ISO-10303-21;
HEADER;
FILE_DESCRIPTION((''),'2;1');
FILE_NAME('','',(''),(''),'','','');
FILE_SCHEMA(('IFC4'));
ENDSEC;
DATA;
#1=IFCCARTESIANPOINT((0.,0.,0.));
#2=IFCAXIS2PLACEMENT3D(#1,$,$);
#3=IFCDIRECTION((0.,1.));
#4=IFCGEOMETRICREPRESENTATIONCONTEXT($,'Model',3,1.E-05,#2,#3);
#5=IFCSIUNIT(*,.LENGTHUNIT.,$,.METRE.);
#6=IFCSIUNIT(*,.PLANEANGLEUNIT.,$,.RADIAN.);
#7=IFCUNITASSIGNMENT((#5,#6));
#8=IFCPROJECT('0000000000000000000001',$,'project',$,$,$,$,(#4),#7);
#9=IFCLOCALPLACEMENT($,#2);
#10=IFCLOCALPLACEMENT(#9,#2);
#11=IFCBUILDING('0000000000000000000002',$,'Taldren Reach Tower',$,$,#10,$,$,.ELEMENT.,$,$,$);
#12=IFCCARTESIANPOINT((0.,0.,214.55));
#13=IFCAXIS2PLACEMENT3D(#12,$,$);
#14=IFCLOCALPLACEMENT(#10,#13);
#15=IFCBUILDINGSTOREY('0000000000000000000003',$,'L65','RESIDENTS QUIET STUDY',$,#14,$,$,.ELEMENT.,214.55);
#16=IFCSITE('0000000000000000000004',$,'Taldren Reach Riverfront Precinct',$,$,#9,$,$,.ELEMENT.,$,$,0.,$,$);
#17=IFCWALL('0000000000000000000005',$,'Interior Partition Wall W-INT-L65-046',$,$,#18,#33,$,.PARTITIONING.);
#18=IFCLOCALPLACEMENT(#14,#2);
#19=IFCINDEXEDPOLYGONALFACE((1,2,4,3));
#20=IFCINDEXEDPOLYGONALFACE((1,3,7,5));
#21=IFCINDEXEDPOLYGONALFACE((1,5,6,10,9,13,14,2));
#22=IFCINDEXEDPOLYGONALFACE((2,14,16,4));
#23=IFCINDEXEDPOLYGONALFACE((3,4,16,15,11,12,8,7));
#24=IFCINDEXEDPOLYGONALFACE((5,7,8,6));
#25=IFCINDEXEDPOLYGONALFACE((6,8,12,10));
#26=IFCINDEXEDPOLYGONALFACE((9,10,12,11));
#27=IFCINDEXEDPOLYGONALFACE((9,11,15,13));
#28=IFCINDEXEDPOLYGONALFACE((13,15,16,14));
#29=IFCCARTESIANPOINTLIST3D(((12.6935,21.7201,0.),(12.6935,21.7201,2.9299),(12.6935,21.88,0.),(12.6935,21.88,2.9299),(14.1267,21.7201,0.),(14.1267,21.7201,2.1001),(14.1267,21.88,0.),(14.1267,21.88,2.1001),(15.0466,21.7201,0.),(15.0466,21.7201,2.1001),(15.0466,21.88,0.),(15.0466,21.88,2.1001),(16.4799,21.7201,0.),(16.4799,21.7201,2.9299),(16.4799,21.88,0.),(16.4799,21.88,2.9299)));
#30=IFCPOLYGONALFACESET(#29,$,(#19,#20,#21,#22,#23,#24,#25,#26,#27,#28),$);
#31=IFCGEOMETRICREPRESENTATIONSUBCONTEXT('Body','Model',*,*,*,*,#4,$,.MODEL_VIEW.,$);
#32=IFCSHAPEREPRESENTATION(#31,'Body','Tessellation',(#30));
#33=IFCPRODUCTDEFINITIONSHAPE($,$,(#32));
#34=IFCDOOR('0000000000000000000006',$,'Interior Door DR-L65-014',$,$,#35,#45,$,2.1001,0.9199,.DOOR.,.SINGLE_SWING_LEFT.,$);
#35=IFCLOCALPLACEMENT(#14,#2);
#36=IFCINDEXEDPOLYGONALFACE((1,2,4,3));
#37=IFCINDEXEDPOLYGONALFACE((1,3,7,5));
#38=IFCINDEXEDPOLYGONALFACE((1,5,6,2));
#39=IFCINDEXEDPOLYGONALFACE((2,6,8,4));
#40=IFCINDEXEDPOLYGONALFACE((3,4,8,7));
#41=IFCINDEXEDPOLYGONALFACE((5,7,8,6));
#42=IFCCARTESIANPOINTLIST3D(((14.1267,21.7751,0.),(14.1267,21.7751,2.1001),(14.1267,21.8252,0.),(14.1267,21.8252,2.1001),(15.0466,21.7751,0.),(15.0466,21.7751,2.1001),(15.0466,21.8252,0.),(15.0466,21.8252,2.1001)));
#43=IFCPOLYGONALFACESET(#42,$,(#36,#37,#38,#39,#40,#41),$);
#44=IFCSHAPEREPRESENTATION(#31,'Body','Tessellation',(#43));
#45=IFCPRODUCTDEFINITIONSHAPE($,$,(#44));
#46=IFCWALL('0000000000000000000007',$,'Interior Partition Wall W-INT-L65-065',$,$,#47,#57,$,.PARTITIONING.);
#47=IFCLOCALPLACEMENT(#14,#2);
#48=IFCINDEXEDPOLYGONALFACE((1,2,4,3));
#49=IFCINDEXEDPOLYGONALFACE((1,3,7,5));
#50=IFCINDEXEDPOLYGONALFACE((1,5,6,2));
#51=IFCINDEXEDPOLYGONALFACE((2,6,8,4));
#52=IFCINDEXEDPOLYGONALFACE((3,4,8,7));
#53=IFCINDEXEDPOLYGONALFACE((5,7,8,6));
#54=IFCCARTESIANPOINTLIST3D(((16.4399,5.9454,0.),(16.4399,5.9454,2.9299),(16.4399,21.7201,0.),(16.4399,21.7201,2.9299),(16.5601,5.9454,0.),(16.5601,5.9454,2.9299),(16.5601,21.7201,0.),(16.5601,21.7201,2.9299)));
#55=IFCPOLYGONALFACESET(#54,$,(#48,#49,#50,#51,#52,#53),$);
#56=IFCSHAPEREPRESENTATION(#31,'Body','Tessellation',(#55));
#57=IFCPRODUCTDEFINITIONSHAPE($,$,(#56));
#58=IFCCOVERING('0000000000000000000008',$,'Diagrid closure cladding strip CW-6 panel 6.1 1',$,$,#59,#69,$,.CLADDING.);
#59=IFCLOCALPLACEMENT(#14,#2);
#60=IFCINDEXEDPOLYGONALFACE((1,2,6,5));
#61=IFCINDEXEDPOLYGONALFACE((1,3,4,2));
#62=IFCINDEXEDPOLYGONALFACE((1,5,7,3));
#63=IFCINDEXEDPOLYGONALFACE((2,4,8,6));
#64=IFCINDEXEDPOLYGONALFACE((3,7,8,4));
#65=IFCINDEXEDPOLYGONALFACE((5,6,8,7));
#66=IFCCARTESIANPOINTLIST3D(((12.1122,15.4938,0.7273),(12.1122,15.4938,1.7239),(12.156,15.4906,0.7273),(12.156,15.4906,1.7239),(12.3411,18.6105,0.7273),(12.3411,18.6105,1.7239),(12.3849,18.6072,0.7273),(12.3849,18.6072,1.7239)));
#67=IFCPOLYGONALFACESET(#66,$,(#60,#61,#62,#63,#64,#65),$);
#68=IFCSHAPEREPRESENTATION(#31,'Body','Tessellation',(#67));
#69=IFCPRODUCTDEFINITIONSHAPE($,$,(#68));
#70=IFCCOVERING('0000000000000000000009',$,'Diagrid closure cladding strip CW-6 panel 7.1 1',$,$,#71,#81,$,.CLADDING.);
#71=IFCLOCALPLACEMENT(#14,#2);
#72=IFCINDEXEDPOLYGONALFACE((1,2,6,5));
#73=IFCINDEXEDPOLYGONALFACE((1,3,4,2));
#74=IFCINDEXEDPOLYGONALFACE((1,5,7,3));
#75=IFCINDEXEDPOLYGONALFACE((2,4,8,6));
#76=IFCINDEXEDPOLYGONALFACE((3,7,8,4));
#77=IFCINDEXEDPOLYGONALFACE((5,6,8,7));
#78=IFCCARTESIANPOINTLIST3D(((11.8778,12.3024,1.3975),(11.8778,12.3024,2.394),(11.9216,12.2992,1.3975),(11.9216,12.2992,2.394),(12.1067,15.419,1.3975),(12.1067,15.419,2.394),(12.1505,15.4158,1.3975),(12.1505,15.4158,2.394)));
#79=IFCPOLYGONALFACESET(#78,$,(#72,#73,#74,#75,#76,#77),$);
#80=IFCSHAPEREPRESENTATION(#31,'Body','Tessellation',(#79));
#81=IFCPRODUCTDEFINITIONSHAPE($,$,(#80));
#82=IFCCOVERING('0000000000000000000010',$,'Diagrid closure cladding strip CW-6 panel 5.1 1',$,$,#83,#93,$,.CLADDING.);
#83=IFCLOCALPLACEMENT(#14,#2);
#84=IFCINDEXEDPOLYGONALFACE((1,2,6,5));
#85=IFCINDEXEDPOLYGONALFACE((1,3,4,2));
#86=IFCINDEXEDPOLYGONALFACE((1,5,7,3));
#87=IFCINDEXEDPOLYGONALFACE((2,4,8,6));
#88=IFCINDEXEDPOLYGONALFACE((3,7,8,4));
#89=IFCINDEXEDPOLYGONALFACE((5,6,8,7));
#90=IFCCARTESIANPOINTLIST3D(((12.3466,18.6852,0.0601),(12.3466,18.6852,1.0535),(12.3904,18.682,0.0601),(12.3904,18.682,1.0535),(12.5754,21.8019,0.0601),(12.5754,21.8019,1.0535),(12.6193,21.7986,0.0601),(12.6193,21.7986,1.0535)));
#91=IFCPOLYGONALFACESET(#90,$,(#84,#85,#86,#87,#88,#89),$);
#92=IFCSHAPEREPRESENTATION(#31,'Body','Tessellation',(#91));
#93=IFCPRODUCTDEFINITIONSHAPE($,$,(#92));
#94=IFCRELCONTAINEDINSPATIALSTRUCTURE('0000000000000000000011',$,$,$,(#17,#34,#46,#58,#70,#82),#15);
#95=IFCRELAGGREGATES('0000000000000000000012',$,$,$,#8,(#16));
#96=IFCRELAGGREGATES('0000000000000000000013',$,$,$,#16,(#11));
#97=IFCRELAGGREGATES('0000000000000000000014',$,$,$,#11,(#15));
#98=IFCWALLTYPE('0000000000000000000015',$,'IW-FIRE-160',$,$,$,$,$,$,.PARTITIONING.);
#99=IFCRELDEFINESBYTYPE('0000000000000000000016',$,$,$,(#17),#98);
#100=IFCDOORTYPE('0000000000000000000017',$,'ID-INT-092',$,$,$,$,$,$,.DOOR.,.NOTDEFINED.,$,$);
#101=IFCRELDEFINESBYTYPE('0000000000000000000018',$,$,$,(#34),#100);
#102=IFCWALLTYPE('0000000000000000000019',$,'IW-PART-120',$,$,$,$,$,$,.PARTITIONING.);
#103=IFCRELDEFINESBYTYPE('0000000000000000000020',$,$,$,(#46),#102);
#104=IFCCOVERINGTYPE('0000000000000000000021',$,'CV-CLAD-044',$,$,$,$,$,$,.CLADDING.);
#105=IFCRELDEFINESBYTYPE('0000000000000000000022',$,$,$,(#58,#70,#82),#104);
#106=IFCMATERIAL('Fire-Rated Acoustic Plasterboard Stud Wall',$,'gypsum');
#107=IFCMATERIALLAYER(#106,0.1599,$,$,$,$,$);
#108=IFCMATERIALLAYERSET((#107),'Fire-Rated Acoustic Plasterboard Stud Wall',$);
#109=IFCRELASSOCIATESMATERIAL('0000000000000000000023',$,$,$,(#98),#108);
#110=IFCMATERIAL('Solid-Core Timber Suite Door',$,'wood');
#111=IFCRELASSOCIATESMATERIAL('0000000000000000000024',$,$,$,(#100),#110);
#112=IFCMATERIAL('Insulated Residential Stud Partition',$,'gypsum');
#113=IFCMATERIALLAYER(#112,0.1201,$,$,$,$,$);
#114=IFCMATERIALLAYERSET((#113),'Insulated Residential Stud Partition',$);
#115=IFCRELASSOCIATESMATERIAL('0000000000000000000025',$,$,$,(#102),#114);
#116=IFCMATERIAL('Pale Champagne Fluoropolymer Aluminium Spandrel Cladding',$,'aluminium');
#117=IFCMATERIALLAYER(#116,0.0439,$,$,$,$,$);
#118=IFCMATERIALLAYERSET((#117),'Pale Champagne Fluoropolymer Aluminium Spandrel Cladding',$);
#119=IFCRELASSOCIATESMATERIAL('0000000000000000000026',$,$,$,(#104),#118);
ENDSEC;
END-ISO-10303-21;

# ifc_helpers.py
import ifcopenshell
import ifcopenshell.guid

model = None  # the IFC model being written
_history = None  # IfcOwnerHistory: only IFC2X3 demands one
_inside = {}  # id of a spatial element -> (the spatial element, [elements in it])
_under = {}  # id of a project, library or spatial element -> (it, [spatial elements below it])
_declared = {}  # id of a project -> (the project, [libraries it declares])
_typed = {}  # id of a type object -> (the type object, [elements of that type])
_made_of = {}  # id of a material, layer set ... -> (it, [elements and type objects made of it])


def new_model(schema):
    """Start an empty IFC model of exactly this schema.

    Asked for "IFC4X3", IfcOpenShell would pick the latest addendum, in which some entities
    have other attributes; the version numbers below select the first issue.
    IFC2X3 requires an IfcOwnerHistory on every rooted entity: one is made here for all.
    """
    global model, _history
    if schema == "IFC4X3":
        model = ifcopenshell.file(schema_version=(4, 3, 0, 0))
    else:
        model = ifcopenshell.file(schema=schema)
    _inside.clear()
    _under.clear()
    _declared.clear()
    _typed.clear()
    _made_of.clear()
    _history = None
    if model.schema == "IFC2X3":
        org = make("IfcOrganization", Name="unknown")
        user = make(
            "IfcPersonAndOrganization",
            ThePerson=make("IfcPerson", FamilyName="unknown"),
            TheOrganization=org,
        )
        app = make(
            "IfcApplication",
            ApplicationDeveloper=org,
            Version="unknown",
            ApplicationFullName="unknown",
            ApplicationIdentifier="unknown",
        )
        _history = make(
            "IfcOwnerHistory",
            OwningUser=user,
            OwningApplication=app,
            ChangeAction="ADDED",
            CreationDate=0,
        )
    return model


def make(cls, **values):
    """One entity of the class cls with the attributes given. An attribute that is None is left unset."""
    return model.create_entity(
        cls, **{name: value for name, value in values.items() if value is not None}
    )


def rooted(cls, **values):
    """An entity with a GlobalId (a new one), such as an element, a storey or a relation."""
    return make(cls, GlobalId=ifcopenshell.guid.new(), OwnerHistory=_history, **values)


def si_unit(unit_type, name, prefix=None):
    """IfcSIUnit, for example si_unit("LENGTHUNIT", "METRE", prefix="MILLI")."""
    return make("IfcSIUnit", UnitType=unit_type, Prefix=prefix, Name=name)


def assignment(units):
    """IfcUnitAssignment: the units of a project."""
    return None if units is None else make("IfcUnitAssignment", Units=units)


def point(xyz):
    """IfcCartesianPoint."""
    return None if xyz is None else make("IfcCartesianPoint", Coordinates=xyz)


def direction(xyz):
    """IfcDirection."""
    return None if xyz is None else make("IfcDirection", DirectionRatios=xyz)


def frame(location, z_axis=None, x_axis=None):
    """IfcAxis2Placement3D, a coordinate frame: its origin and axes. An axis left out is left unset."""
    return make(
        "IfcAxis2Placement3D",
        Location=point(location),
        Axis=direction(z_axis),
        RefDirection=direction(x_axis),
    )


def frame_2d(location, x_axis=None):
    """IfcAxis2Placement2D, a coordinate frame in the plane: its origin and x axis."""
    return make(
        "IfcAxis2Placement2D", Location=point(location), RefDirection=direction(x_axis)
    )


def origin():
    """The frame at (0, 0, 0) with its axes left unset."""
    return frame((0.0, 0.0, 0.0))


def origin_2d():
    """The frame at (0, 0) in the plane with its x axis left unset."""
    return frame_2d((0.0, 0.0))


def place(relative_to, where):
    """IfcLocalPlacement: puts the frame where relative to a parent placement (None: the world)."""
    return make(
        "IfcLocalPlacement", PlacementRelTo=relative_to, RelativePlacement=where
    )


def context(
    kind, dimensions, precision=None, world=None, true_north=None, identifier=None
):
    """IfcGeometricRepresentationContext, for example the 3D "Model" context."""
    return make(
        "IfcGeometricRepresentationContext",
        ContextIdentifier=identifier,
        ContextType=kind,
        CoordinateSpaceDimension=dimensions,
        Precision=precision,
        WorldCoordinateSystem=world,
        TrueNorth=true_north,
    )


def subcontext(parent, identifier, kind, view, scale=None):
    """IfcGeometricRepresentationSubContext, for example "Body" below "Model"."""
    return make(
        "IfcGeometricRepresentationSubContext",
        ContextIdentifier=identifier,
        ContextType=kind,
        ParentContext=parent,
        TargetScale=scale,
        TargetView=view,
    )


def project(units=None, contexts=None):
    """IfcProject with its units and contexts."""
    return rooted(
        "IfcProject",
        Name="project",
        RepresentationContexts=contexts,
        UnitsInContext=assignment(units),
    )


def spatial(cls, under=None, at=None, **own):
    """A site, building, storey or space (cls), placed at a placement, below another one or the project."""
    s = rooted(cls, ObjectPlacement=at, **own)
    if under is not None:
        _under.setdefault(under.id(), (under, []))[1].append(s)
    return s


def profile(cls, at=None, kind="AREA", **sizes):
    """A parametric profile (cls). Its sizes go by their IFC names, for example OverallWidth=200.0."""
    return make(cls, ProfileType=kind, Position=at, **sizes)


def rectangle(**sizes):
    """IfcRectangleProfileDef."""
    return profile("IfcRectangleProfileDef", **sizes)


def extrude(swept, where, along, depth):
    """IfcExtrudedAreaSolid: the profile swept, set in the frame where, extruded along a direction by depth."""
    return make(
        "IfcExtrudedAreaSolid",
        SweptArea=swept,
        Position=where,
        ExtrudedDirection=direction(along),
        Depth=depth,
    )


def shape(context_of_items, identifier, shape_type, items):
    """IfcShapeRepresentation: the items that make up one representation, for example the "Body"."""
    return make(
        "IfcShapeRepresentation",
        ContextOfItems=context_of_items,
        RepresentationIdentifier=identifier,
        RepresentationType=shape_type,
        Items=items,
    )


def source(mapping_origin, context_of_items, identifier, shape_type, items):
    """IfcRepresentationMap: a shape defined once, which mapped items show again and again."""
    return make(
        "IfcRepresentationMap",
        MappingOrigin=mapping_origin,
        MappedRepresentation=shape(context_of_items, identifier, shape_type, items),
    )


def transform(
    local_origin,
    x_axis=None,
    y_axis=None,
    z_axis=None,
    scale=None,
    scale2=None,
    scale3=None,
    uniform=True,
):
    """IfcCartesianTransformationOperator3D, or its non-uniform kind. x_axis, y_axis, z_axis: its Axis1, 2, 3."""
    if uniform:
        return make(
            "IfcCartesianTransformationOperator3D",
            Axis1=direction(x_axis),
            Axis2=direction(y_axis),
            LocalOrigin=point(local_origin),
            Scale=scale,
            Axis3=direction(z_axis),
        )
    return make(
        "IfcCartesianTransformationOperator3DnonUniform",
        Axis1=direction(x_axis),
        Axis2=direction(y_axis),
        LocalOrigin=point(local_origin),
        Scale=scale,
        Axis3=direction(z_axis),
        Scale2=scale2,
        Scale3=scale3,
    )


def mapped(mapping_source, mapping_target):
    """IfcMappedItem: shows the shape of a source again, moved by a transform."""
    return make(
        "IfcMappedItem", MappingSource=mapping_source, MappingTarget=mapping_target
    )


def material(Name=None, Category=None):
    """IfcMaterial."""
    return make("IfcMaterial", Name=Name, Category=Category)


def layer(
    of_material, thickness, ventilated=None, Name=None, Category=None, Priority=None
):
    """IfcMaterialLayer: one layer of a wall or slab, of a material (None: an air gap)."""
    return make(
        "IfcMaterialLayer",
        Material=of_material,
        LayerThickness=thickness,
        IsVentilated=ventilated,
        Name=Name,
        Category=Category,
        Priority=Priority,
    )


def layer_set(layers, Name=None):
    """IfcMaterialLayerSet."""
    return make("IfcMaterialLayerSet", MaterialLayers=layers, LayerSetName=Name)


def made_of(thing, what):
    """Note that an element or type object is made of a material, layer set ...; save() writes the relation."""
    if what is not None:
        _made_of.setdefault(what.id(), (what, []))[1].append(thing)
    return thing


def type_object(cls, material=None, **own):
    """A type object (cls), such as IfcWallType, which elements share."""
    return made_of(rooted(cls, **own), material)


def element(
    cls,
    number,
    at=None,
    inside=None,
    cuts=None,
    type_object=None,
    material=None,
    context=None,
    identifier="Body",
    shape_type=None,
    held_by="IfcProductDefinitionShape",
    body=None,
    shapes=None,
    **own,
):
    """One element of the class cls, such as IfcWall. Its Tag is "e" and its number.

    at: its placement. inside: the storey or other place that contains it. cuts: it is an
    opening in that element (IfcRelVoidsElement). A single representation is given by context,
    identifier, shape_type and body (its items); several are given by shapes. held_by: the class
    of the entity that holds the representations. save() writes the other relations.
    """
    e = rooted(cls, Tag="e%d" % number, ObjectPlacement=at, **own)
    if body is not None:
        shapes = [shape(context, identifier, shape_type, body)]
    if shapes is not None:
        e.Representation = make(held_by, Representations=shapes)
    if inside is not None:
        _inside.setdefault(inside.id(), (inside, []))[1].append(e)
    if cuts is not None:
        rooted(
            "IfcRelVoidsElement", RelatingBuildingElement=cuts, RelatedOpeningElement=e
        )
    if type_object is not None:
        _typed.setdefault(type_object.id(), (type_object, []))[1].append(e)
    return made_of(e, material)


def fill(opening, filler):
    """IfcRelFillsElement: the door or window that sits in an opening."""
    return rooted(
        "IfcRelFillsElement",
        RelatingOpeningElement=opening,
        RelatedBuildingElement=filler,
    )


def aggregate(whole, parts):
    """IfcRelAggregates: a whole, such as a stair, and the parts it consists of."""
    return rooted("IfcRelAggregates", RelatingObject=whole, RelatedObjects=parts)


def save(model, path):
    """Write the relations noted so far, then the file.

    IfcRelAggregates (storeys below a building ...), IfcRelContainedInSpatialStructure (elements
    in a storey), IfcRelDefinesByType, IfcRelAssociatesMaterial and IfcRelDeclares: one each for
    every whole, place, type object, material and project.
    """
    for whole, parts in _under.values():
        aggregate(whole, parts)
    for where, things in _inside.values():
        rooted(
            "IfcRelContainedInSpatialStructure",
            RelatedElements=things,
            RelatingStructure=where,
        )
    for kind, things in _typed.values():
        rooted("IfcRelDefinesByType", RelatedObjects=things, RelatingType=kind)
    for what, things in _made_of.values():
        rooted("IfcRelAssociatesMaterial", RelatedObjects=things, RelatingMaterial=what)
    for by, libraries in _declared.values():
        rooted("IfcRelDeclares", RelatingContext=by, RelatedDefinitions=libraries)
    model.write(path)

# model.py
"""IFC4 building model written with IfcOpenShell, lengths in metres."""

from ifc_helpers import new_model, si_unit, direction, frame, frame_2d, origin, origin_2d, place, context, subcontext, project, spatial, rectangle, extrude, source, transform, mapped, material, layer, layer_set, type_object, element, fill, save


model = new_model("IFC4")

# Units and contexts
model_context = context("Model", 3, precision=1e-05, world=origin(), true_north=direction((0.0, 1.0)))
body_context = subcontext(model_context, "Body", "Model", "MODEL_VIEW")
ifc_project = project(units=[si_unit("LENGTHUNIT", "METRE"), si_unit("PLANEANGLEUNIT", "RADIAN")], contexts=[model_context])

# Site, building, storey
site_placement = place(None, origin())
site = spatial("IfcSite", under=ifc_project, at=site_placement, Name="Taldren Reach Riverfront Precinct", CompositionType="ELEMENT", RefElevation=0.0)
building_placement = place(site_placement, origin())
building = spatial("IfcBuilding", under=site, at=building_placement, Name="Taldren Reach Tower", CompositionType="ELEMENT")
storey_placement = place(building_placement, frame((0.0, 0.0, 214.55)))
storey = spatial("IfcBuildingStorey", under=building, at=storey_placement, Name="L65", Description="RESIDENTS QUIET STUDY", CompositionType="ELEMENT", Elevation=214.55)

# Wall, opening, door
ifc_material_1 = material(Name="Fire-Rated Acoustic Plasterboard Stud Wall", Category="gypsum")
ifc_layer_1 = layer(ifc_material_1, 0.1599)
ifc_layer_set_1 = layer_set([ifc_layer_1], Name="Fire-Rated Acoustic Plasterboard Stud Wall")
wall_type_1 = type_object("IfcWallType", Name="IW-FIRE-160", PredefinedType="PARTITIONING", material=ifc_layer_set_1)
shared_shape_1 = source(origin(), body_context, "Body", "SweptSolid", [
    extrude(rectangle(XDim=3.7864, YDim=0.1599, at=frame_2d((1.8931, 0.0))), origin(), (0.0, 0.0, 1.0), 2.9299),
])
wall_1_placement = place(storey_placement, frame((16.4797, 21.8, 0.0), z_axis=(0.0, 0.0, 1.0), x_axis=(-1.0, 0.0, 0.0)))
wall_1 = element("IfcWall", 1, at=wall_1_placement, inside=storey, type_object=wall_type_1, Name="Interior Partition Wall W-INT-L65-046", PredefinedType="PARTITIONING", context=body_context, shape_type="MappedRepresentation", body=[
    mapped(shared_shape_1, transform((0.0, 0.0, 0.0), scale=1.0)),
])
shared_shape_2 = source(origin(), body_context, "Body", "SweptSolid", [
    extrude(rectangle(XDim=0.9199, YDim=2.1001, at=frame_2d((0.46, 1.05))), frame((0.0, 0.0898, 0.0), z_axis=(0.0, -1.0, 0.0), x_axis=(1.0, 0.0, 0.0)), (0.0, 0.0, 1.0), 0.1799),
])
opening_placement = place(wall_1_placement, frame((1.4331, 0.0, 0.0)))
opening = element("IfcOpeningElement", 2, at=opening_placement, cuts=wall_1, PredefinedType="OPENING", context=body_context, shape_type="MappedRepresentation", body=[
    mapped(shared_shape_2, transform((0.0, 0.0, 0.0), scale=1.0)),
])
ifc_material_2 = material(Name="Solid-Core Timber Suite Door", Category="wood")
door_type = type_object("IfcDoorType", Name="ID-INT-092", OperationType="NOTDEFINED", PredefinedType="DOOR", material=ifc_material_2)
shared_shape_3 = source(origin(), body_context, "Body", "SweptSolid", [
    extrude(rectangle(XDim=0.9199, YDim=2.1001, at=frame_2d((0.46, 1.05))), frame((0.0, 0.0249, 0.0), z_axis=(0.0, -1.0, 0.0), x_axis=(1.0, 0.0, 0.0)), (0.0, 0.0, 1.0), 0.05),
])
door_placement = place(opening_placement, origin())
door = element("IfcDoor", 3, at=door_placement, inside=storey, type_object=door_type, Name="Interior Door DR-L65-014", OperationType="SINGLE_SWING_LEFT", OverallHeight=2.1001, OverallWidth=0.9199, PredefinedType="DOOR", context=body_context, shape_type="MappedRepresentation", body=[
    mapped(shared_shape_3, transform((0.0, 0.0, 0.0), scale=1.0)),
])
fill(opening, door)

# Wall
ifc_material_3 = material(Name="Insulated Residential Stud Partition", Category="gypsum")
ifc_layer_2 = layer(ifc_material_3, 0.1201)
ifc_layer_set_2 = layer_set([ifc_layer_2], Name="Insulated Residential Stud Partition")
wall_type_2 = type_object("IfcWallType", Name="IW-PART-120", PredefinedType="PARTITIONING", material=ifc_layer_set_2)
shared_shape_4 = source(origin(), body_context, "Body", "SweptSolid", [
    extrude(rectangle(XDim=15.7747, YDim=0.1201, at=frame_2d((7.8872, 0.0))), origin(), (0.0, 0.0, 1.0), 2.9299),
])
wall_2_placement = place(storey_placement, frame((16.5, 21.72, 0.0), z_axis=(0.0, 0.0, 1.0), x_axis=(0.0, -1.0, 0.0)))
element("IfcWall", 4, at=wall_2_placement, inside=storey, type_object=wall_type_2, Name="Interior Partition Wall W-INT-L65-065", PredefinedType="PARTITIONING", context=body_context, shape_type="MappedRepresentation", body=[
    mapped(shared_shape_4, transform((0.0, 0.0, 0.0), scale=1.0)),
])

# Coverings
ifc_material_4 = material(Name="Pale Champagne Fluoropolymer Aluminium Spandrel Cladding", Category="aluminium")
ifc_layer_3 = layer(ifc_material_4, 0.0439)
ifc_layer_set_3 = layer_set([ifc_layer_3], Name="Pale Champagne Fluoropolymer Aluminium Spandrel Cladding")
covering_type = type_object("IfcCoveringType", Name="CV-CLAD-044", PredefinedType="CLADDING", material=ifc_layer_set_3)
shared_shape_5 = source(origin(), body_context, "Body", "SweptSolid", [
    extrude(rectangle(XDim=3.125, YDim=0.0439, at=origin_2d()), origin(), (0.0, 0.0, 1.0), 0.9966),
])
for number, where, z_axis, x_axis, name in (
    (5, (12.2485, 17.0505, 0.7273), (0.0, 0.0, 1.0), (-0.073238, -0.997314, 0.0), "Diagrid closure cladding strip CW-6 panel 6.1 1"),
    (6, (12.0142, 13.8591, 1.3975), (0.0, 0.0, 1.0), (-0.073238, -0.997314, 0.0), "Diagrid closure cladding strip CW-6 panel 7.1 1"),
):
    element("IfcCovering", number, at=place(storey_placement, frame(where, z_axis=z_axis, x_axis=x_axis)), inside=storey, type_object=covering_type, Name=name, PredefinedType="CLADDING", context=body_context, shape_type="MappedRepresentation", body=[
        mapped(shared_shape_5, transform((0.0, 0.0, 0.0), scale=1.0)),
    ])
shared_shape_6 = source(origin(), body_context, "Body", "SweptSolid", [
    extrude(rectangle(XDim=3.125, YDim=0.0439, at=origin_2d()), origin(), (0.0, 0.0, 1.0), 0.9934),
])
covering_placement = place(storey_placement, frame((12.4829, 20.2419, 0.0601), z_axis=(0.0, 0.0, 1.0), x_axis=(-0.073238, -0.997314, 0.0)))
element("IfcCovering", 7, at=covering_placement, inside=storey, type_object=covering_type, Name="Diagrid closure cladding strip CW-6 panel 5.1 1", PredefinedType="CLADDING", context=body_context, shape_type="MappedRepresentation", body=[
    mapped(shared_shape_6, transform((0.0, 0.0, 0.0), scale=1.0)),
])

save(model, "model.ifc")
